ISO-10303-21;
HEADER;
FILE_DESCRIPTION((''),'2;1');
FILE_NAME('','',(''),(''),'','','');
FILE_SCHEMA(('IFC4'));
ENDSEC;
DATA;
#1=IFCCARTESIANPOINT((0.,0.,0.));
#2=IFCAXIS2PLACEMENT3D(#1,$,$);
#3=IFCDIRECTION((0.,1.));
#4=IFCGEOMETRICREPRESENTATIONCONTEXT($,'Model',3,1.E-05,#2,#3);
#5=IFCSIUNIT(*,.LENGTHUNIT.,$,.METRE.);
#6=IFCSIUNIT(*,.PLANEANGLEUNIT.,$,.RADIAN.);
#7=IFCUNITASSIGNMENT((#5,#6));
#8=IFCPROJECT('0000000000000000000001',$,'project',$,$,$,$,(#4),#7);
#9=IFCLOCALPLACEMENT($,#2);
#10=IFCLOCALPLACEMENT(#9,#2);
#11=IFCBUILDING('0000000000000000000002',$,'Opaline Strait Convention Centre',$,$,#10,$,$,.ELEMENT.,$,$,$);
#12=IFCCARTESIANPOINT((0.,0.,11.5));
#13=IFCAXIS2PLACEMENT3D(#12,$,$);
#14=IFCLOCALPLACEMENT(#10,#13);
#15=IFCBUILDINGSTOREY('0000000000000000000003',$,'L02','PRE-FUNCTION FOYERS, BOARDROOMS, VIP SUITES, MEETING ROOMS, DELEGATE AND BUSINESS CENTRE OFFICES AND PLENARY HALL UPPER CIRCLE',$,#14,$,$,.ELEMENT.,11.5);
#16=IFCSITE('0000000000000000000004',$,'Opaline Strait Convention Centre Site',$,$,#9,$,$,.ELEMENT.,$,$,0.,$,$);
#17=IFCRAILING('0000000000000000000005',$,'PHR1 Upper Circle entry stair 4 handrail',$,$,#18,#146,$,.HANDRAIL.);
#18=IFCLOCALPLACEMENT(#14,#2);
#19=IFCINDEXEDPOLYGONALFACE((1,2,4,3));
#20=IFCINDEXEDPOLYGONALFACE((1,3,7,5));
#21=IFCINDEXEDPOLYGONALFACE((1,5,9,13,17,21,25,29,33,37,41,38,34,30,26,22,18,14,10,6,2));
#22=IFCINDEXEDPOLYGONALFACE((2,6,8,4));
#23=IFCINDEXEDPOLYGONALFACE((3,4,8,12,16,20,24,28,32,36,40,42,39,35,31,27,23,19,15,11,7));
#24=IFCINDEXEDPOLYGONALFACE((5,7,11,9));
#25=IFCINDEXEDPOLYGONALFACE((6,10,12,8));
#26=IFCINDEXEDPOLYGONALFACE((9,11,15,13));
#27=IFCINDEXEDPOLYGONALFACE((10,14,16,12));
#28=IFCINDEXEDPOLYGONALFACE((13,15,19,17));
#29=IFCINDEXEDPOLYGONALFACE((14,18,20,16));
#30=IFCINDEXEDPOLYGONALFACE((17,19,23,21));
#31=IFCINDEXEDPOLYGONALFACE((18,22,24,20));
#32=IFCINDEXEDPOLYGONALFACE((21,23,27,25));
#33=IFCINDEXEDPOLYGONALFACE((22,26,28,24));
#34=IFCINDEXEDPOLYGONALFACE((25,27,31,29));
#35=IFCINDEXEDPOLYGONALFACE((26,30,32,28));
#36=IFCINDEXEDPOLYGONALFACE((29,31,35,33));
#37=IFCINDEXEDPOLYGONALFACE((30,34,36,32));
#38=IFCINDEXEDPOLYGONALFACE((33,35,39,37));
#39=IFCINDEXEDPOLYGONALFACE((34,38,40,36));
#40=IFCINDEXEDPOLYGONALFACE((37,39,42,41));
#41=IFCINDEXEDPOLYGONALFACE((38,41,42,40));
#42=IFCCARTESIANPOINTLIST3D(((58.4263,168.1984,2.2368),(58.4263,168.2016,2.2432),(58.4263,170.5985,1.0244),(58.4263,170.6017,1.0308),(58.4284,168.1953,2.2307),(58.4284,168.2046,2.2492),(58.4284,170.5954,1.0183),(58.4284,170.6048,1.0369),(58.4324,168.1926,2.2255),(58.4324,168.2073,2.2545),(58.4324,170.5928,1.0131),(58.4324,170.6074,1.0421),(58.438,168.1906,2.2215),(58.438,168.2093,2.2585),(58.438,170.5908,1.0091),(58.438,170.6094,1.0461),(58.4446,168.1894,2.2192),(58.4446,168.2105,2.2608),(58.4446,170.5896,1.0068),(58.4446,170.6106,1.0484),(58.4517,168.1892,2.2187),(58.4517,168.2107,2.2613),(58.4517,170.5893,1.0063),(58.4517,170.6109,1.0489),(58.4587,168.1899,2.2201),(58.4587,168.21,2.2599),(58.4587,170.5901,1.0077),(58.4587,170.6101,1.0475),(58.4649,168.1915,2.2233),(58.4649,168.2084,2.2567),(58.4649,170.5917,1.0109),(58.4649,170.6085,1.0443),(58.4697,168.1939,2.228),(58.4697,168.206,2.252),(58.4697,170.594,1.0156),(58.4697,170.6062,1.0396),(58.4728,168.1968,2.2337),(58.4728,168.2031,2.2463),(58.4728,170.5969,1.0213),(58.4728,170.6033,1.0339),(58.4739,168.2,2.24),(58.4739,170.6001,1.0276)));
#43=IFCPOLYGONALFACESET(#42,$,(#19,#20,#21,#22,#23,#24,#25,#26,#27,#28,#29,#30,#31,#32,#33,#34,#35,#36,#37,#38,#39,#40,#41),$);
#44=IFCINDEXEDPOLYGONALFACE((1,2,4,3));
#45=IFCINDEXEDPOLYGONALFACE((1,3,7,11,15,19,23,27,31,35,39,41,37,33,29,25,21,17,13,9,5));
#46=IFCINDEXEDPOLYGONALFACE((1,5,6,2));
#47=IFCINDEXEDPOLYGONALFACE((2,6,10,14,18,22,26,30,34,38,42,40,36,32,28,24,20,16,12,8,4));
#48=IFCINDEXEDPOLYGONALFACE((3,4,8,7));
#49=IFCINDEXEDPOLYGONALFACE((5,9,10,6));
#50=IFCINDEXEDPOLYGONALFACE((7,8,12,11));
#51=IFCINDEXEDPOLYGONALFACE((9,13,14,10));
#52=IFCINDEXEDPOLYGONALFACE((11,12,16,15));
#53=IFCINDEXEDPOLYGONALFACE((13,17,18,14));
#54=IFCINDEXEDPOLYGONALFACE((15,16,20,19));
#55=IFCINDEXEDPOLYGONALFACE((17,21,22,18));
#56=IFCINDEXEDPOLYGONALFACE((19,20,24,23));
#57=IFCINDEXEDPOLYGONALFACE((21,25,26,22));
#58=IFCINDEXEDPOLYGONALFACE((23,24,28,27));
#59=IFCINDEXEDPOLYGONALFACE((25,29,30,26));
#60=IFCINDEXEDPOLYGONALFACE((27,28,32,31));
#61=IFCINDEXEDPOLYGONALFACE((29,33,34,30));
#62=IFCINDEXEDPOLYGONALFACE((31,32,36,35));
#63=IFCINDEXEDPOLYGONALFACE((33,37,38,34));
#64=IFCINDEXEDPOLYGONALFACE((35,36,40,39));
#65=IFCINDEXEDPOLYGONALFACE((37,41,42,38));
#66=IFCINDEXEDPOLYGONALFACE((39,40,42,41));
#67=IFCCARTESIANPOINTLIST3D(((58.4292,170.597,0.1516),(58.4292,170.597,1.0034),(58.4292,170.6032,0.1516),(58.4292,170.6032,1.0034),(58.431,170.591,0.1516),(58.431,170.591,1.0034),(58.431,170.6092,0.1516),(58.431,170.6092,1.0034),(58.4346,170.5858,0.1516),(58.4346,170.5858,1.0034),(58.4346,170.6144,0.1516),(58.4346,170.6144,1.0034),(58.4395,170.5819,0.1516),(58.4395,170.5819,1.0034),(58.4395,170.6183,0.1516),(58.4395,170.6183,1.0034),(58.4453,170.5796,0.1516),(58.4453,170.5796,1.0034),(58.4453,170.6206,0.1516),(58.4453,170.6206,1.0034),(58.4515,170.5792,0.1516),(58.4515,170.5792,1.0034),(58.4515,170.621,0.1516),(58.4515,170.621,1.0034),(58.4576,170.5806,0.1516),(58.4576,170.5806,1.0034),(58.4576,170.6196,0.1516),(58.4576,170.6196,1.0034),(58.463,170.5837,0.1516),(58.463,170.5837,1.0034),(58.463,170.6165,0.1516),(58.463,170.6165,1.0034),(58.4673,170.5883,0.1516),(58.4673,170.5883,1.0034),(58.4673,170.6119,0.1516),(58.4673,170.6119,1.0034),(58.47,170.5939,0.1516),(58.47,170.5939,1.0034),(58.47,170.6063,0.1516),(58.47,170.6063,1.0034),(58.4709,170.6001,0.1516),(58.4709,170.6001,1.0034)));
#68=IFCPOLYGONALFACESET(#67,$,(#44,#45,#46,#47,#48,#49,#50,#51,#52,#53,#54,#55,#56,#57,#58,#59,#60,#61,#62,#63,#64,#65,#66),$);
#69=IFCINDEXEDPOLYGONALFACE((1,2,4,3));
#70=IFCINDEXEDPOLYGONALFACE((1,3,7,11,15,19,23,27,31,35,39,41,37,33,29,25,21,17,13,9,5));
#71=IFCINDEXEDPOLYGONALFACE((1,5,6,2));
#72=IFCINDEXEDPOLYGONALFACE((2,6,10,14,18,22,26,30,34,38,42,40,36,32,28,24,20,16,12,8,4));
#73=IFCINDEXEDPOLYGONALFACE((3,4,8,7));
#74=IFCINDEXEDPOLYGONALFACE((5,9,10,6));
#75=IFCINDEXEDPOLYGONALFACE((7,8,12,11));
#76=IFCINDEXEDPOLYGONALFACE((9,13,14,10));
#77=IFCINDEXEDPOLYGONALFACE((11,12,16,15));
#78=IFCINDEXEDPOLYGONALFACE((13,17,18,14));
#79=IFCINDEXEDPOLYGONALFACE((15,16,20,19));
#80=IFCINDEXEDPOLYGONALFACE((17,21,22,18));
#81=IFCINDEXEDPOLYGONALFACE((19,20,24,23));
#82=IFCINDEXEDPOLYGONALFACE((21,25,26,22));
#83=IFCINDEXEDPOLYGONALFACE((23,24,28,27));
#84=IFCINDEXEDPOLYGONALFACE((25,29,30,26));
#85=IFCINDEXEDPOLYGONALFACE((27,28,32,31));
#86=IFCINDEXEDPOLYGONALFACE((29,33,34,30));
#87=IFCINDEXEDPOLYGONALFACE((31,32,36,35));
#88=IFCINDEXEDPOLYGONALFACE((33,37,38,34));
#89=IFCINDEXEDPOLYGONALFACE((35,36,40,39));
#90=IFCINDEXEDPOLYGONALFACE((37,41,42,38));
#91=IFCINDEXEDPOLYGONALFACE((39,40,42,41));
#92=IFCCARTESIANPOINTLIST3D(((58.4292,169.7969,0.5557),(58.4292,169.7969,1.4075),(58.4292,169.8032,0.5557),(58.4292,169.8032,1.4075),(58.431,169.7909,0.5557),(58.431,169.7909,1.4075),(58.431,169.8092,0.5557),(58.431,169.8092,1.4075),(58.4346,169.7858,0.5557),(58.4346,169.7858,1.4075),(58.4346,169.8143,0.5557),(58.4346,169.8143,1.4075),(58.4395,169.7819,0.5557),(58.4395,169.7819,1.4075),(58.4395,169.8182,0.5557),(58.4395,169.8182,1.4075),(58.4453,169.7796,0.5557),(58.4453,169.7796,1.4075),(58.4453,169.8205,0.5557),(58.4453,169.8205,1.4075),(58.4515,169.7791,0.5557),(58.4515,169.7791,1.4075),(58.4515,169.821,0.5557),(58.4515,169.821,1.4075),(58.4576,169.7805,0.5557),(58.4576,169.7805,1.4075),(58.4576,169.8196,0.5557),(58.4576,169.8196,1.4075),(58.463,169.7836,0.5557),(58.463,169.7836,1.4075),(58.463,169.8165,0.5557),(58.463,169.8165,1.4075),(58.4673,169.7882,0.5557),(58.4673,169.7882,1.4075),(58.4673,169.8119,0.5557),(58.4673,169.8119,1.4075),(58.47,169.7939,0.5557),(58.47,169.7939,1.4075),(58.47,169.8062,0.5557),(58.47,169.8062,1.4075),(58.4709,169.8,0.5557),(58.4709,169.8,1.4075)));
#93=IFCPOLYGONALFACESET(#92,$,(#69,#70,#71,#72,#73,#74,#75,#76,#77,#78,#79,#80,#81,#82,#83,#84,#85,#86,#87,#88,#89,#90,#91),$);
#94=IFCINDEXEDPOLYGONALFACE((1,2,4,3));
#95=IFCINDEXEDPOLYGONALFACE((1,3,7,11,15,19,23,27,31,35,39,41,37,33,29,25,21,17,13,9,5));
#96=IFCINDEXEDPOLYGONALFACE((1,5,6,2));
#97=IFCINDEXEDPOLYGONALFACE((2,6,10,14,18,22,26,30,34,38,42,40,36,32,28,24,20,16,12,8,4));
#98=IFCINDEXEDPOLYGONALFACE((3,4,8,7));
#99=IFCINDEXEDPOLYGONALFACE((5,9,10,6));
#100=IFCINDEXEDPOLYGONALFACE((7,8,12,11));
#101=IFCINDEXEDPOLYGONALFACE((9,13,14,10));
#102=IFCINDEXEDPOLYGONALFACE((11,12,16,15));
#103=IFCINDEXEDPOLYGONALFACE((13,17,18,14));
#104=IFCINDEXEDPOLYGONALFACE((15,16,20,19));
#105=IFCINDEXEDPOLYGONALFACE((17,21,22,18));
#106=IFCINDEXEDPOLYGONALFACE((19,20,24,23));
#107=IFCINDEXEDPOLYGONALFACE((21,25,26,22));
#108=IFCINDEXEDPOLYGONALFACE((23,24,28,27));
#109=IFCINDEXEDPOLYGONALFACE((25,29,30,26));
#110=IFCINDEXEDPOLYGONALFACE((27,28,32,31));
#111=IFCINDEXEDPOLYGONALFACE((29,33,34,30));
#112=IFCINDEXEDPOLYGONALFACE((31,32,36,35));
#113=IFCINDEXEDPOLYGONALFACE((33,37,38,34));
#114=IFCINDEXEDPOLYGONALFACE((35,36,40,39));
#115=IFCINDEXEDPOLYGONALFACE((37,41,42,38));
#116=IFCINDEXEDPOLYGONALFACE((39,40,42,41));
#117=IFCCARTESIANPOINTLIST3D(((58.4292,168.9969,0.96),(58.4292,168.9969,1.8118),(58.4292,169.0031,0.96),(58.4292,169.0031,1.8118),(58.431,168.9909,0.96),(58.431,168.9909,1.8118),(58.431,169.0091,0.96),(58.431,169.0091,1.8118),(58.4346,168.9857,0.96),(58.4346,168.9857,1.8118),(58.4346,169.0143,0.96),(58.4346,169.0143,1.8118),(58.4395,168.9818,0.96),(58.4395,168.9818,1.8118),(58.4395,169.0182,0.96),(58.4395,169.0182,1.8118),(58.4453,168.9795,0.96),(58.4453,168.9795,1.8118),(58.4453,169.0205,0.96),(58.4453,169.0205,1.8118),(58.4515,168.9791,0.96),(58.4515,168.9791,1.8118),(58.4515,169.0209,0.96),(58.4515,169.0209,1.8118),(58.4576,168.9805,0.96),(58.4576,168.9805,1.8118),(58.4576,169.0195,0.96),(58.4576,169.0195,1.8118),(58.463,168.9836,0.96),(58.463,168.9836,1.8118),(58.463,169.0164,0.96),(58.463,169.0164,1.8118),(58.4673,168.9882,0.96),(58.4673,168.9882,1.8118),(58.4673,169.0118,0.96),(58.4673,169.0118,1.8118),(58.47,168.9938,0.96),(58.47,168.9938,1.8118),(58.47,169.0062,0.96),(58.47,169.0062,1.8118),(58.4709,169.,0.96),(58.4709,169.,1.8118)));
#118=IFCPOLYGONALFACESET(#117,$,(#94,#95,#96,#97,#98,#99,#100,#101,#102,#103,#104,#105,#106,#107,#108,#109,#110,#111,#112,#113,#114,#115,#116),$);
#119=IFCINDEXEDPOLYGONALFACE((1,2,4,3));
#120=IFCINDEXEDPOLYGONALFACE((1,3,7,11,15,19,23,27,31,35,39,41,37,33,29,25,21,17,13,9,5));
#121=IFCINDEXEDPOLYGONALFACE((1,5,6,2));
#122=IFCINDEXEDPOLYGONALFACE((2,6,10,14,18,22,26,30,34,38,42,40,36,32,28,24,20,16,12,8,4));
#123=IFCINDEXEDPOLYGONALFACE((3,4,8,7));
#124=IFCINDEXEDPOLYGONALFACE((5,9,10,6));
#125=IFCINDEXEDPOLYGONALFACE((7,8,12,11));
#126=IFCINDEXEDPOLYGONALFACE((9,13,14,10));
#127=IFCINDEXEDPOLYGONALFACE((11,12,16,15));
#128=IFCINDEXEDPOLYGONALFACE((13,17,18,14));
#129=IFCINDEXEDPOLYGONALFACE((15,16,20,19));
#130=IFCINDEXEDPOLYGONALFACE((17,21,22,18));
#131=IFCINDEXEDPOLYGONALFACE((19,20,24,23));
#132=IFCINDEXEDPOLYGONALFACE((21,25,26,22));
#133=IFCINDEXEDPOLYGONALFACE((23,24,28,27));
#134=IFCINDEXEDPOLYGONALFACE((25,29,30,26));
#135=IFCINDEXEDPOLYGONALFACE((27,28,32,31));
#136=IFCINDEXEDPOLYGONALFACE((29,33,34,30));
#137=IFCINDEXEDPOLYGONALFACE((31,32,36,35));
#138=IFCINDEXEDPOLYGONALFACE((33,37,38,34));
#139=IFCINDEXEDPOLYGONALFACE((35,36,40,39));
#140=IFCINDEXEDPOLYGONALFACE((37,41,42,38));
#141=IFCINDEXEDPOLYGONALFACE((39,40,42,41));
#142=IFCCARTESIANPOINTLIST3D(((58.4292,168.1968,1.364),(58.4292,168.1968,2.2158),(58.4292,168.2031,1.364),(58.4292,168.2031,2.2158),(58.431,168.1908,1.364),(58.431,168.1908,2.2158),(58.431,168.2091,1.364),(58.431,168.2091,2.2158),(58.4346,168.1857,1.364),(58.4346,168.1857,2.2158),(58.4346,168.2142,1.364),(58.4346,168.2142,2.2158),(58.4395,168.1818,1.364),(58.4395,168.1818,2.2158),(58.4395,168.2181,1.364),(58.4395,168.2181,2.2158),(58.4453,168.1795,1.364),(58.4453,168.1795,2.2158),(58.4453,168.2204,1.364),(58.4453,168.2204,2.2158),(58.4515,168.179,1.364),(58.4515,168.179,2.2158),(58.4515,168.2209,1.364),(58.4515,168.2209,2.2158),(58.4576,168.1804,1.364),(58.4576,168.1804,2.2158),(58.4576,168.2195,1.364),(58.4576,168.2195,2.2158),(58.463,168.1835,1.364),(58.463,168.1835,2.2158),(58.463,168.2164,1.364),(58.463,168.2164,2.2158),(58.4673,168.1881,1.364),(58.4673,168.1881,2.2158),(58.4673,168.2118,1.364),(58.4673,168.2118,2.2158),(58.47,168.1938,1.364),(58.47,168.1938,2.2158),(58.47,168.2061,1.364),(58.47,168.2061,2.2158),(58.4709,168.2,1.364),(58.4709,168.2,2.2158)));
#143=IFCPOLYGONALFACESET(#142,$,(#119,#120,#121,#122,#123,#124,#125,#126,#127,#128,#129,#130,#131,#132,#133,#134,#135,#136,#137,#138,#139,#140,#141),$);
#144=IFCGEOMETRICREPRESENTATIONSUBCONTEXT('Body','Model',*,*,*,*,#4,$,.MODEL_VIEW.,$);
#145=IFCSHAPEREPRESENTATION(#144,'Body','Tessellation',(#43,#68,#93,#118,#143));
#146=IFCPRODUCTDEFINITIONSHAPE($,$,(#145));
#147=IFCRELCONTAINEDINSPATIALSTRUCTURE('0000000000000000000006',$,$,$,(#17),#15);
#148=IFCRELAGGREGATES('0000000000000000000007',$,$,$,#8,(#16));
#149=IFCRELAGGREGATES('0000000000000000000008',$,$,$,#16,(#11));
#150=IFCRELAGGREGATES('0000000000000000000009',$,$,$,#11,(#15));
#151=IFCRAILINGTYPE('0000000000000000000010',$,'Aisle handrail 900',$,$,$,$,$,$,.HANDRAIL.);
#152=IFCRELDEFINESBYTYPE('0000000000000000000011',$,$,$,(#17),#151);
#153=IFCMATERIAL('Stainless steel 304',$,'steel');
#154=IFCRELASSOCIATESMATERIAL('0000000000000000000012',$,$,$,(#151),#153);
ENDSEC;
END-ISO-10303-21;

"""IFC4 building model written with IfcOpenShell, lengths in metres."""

from ifc_helpers import new_model, si_unit, direction, frame, origin, origin_2d, place, context, subcontext, project, spatial, circle, extrude, material, type_object, element, save


model = new_model("IFC4")

# Units and contexts
model_context = context("Model", 3, precision=1e-05, world=origin(), true_north=direction((0.0, 1.0)))
body_context = subcontext(model_context, "Body", "Model", "MODEL_VIEW")
ifc_project = project(units=[si_unit("LENGTHUNIT", "METRE"), si_unit("PLANEANGLEUNIT", "RADIAN")], contexts=[model_context])

# Site, building, storey
site_placement = place(None, origin())
site = spatial("IfcSite", under=ifc_project, at=site_placement, Name="Opaline Strait Convention Centre Site", CompositionType="ELEMENT", RefElevation=0.0)
building_placement = place(site_placement, origin())
building = spatial("IfcBuilding", under=site, at=building_placement, Name="Opaline Strait Convention Centre", CompositionType="ELEMENT")
storey_placement = place(building_placement, frame((0.0, 0.0, 11.5)))
storey = spatial("IfcBuildingStorey", under=building, at=storey_placement, Name="L02", Description="PRE-FUNCTION FOYERS, BOARDROOMS, VIP SUITES, MEETING ROOMS, DELEGATE AND BUSINESS CENTRE OFFICES AND PLENARY HALL UPPER CIRCLE", CompositionType="ELEMENT", Elevation=11.5)

# Railing
ifc_material_1 = material(Name="Stainless steel 304", Category="steel")
railing_type_1 = type_object("IfcRailingType", Name="Aisle handrail 900", PredefinedType="HANDRAIL", material=ifc_material_1)
for number, where, name in (
    (1, (58.45, 170.6001, 0.1516), "PHR1 Upper Circle entry stair 4 handrail"),
):
    element("IfcRailing", number, at=place(storey_placement, frame(where)), inside=storey, type_object=railing_type_1, Name=name, PredefinedType="HANDRAIL", context=body_context, shape_type="SweptSolid", body=[
        extrude(circle(Radius=0.0239, at=origin_2d()), frame((0.0, 0.0, 0.876), z_axis=(0.0, -0.892586, 0.450878), x_axis=(1.0, 0.0, 0.0)), (0.0, 0.0, 1.0), 2.689),
        extrude(circle(Radius=0.021, at=origin_2d()), origin(), (0.0, 0.0, 1.0), 0.8518),
        extrude(circle(Radius=0.021, at=origin_2d()), frame((0.0, -0.8, 0.4041)), (0.0, 0.0, 1.0), 0.8518),
        extrude(circle(Radius=0.021, at=origin_2d()), frame((0.0, -1.6001, 0.8083)), (0.0, 0.0, 1.0), 0.8518),
        extrude(circle(Radius=0.021, at=origin_2d()), frame((0.0, -2.4001, 1.2124)), (0.0, 0.0, 1.0), 0.8518),
    ])

save(model, "model.ifc")
